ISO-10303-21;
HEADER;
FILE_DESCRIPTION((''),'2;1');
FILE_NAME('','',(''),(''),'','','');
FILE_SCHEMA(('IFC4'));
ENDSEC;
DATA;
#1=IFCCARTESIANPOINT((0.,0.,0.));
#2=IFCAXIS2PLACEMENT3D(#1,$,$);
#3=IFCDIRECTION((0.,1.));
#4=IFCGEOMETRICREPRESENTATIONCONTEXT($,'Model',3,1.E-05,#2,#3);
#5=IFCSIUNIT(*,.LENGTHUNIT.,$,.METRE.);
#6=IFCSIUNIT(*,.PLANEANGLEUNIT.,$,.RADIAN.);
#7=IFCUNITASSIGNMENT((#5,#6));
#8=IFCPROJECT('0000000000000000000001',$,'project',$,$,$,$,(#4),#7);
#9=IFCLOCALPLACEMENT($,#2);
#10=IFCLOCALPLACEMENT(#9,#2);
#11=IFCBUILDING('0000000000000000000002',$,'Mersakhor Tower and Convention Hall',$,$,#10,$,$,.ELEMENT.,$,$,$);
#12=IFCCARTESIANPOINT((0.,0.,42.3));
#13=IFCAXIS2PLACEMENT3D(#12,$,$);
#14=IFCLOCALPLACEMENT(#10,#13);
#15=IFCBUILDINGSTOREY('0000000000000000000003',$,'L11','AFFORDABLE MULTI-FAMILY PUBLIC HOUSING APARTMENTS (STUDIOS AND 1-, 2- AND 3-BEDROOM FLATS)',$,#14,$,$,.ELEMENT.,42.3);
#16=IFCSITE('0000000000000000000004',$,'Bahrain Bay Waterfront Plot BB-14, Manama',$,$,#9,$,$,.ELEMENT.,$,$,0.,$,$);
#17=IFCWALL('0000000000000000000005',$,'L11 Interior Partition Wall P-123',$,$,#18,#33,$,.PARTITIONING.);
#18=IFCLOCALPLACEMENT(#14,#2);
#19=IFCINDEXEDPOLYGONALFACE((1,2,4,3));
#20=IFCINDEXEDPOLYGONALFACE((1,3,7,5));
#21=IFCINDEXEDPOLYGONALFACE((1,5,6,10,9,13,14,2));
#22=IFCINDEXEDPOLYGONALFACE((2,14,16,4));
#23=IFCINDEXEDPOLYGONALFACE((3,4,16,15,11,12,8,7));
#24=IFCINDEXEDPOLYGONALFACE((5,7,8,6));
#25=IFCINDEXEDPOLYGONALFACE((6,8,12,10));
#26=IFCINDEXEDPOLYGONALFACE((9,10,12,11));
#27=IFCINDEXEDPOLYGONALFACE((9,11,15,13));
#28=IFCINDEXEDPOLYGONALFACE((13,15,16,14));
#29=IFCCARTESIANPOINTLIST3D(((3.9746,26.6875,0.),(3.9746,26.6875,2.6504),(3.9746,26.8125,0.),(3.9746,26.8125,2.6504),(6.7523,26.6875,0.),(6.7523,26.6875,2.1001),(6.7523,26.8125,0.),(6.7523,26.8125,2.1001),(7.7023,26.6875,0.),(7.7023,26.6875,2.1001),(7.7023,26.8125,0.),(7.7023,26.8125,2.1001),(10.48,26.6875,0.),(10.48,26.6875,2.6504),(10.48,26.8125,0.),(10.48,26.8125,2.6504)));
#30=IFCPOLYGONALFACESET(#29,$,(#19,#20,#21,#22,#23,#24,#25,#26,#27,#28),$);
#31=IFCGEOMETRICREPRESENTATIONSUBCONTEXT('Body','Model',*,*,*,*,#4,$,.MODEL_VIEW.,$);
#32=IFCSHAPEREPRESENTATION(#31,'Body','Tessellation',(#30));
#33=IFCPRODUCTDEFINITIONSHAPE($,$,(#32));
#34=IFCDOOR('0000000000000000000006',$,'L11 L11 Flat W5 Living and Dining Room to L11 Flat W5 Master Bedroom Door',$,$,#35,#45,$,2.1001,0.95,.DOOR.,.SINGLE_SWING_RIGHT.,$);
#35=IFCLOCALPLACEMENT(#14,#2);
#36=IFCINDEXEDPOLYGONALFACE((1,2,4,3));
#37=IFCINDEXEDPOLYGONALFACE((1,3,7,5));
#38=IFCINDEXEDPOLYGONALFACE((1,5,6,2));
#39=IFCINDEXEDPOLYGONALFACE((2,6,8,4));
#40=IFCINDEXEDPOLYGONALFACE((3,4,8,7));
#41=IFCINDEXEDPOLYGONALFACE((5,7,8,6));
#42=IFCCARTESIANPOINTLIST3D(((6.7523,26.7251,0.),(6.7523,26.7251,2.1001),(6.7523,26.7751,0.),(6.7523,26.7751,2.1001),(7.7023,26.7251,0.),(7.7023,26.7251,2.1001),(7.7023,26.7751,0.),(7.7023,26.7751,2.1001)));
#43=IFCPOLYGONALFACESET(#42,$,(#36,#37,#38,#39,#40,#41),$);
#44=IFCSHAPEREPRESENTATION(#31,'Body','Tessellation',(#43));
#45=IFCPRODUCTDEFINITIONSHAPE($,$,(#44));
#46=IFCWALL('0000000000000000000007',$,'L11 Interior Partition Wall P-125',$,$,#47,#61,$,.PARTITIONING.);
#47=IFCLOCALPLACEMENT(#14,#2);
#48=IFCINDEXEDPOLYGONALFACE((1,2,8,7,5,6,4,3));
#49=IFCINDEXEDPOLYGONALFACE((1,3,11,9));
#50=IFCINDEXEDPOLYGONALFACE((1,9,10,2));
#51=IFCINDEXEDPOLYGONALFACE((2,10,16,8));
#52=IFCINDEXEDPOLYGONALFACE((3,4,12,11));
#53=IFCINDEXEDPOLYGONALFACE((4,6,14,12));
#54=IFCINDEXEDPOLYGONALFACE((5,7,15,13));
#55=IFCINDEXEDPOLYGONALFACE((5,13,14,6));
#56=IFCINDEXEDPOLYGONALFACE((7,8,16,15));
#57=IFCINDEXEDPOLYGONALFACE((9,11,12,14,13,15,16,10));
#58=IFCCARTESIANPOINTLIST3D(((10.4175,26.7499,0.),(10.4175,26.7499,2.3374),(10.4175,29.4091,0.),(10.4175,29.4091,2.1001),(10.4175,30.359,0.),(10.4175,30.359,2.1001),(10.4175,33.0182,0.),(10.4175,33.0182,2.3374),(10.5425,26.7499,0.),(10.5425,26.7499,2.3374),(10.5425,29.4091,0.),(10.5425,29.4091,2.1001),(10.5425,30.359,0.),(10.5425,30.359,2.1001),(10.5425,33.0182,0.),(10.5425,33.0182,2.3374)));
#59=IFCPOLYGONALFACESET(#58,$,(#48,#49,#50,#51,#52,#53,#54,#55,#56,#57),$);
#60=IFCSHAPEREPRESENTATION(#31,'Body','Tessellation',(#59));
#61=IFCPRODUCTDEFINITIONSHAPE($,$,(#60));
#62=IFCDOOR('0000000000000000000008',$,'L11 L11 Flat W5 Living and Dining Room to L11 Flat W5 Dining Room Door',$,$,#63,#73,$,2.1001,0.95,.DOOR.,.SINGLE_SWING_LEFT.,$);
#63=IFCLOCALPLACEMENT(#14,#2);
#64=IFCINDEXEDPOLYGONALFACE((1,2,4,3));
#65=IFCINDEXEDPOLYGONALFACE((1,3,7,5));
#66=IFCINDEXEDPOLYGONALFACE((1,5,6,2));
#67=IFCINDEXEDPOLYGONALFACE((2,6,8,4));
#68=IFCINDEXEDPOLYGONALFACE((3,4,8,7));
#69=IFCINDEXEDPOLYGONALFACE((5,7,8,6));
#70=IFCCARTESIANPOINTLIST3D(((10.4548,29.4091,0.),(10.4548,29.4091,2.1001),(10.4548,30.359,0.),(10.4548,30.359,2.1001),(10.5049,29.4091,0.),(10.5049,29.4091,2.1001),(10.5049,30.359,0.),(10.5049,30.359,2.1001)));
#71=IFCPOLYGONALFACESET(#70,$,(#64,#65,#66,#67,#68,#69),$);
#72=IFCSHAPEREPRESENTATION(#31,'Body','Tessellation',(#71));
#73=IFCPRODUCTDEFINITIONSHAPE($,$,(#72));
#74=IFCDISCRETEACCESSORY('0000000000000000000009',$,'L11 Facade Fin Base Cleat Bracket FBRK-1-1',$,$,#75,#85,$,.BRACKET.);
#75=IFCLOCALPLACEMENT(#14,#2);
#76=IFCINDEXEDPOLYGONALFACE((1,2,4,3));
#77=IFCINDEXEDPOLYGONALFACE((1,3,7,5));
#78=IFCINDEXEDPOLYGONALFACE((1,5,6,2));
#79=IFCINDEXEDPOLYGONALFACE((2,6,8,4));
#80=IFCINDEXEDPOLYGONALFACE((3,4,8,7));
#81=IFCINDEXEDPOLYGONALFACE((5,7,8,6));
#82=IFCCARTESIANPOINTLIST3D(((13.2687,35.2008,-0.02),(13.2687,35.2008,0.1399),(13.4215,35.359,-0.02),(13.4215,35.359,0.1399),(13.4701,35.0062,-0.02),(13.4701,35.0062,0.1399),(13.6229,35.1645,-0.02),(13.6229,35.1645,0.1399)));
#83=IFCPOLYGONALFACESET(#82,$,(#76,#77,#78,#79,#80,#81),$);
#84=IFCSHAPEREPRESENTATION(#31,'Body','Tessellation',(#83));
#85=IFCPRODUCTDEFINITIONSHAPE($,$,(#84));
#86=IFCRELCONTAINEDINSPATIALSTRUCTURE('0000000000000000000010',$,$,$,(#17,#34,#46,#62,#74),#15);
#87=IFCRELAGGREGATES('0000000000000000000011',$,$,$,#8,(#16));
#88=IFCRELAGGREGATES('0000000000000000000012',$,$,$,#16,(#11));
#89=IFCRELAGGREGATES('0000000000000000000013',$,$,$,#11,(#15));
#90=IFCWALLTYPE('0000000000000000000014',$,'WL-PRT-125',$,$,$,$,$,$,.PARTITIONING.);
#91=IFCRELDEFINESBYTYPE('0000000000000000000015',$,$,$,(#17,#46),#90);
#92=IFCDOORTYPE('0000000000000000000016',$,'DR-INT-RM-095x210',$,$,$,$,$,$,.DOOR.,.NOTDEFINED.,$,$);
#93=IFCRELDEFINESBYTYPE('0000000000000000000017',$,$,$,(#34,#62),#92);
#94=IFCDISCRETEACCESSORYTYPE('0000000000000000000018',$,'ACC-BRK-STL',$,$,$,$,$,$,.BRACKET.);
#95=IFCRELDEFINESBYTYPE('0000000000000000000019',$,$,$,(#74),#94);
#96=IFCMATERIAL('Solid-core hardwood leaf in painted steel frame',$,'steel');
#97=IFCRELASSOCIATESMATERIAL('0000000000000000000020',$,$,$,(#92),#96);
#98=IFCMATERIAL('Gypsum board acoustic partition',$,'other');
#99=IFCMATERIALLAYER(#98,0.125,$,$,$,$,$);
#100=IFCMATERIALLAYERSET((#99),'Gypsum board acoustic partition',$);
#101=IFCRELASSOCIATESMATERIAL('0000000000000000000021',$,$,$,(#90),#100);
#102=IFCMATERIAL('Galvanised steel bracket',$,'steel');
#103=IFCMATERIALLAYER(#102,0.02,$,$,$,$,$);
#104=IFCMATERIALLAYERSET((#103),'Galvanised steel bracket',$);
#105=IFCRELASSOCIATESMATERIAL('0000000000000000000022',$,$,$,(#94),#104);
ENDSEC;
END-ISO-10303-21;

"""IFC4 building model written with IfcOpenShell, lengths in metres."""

from ifc_helpers import new_model, si_unit, direction, frame, frame_2d, origin, origin_2d, place, context, subcontext, project, spatial, rectangle, extrude, material, layer, layer_set, type_object, element, fill, save


model = new_model("IFC4")

# Units and contexts
model_context = context("Model", 3, precision=1e-05, world=origin(), true_north=direction((0.0, 1.0)))
body_context = subcontext(model_context, "Body", "Model", "MODEL_VIEW")
ifc_project = project(units=[si_unit("LENGTHUNIT", "METRE"), si_unit("PLANEANGLEUNIT", "RADIAN")], contexts=[model_context])

# Site, building, storey
site_placement = place(None, origin())
site = spatial("IfcSite", under=ifc_project, at=site_placement, Name="Bahrain Bay Waterfront Plot BB-14, Manama", CompositionType="ELEMENT", RefElevation=0.0)
building_placement = place(site_placement, origin())
building = spatial("IfcBuilding", under=site, at=building_placement, Name="Mersakhor Tower and Convention Hall", CompositionType="ELEMENT")
storey_placement = place(building_placement, frame((0.0, 0.0, 42.3)))
storey = spatial("IfcBuildingStorey", under=building, at=storey_placement, Name="L11", Description="AFFORDABLE MULTI-FAMILY PUBLIC HOUSING APARTMENTS (STUDIOS AND 1-, 2- AND 3-BEDROOM FLATS)", CompositionType="ELEMENT", Elevation=42.3)

# Walls, openings, doors
ifc_material_1 = material(Name="Solid-core hardwood leaf in painted steel frame", Category="steel")
door_type_1 = type_object("IfcDoorType", Name="DR-INT-RM-095x210", OperationType="NOTDEFINED", PredefinedType="DOOR", material=ifc_material_1)
ifc_material_2 = material(Name="Gypsum board acoustic partition", Category="other")
ifc_layer_1 = layer(ifc_material_2, 0.125)
ifc_layer_set_1 = layer_set([ifc_layer_1], Name="Gypsum board acoustic partition")
wall_type_1 = type_object("IfcWallType", Name="WL-PRT-125", PredefinedType="PARTITIONING", material=ifc_layer_set_1)
wall_1_placement = place(storey_placement, frame((10.48, 26.75, 0.0), z_axis=(0.0, 0.0, 1.0), x_axis=(-1.0, 0.0, 0.0)))
wall_1 = element("IfcWall", 1, at=wall_1_placement, inside=storey, type_object=wall_type_1, Name="L11 Interior Partition Wall P-123", PredefinedType="PARTITIONING", context=body_context, shape_type="SweptSolid", body=[
    extrude(rectangle(XDim=6.5054, YDim=0.125, at=frame_2d((3.2527, 0.0))), origin(), (0.0, 0.0, 1.0), 2.6504),
])
opening_1_placement = place(wall_1_placement, frame((2.7776, 0.0, 0.0)))
opening_1 = element("IfcOpeningElement", 2, at=opening_1_placement, cuts=wall_1, PredefinedType="OPENING", context=body_context, shape_type="SweptSolid", body=[
    extrude(rectangle(XDim=0.95, YDim=2.1001, at=frame_2d((0.4751, 1.05))), frame((0.0, 0.0725, 0.0), z_axis=(0.0, -1.0, 0.0), x_axis=(1.0, 0.0, 0.0)), (0.0, 0.0, 1.0), 0.145),
])
door_1_placement = place(opening_1_placement, origin())
door_1 = element("IfcDoor", 3, at=door_1_placement, inside=storey, type_object=door_type_1, Name="L11 L11 Flat W5 Living and Dining Room to L11 Flat W5 Master Bedroom Door", OperationType="SINGLE_SWING_RIGHT", OverallHeight=2.1001, OverallWidth=0.95, PredefinedType="DOOR", context=body_context, shape_type="SweptSolid", body=[
    extrude(rectangle(XDim=0.95, YDim=2.1001, at=frame_2d((0.4751, 1.05))), frame((0.0, 0.0249, 0.0), z_axis=(0.0, -1.0, 0.0), x_axis=(1.0, 0.0, 0.0)), (0.0, 0.0, 1.0), 0.05),
])
fill(opening_1, door_1)
wall_2_placement = place(storey_placement, frame((10.48, 33.0183, 0.0), z_axis=(0.0, 0.0, 1.0), x_axis=(0.0, -1.0, 0.0)))
wall_2 = element("IfcWall", 4, at=wall_2_placement, inside=storey, type_object=wall_type_1, Name="L11 Interior Partition Wall P-125", PredefinedType="PARTITIONING", context=body_context, shape_type="SweptSolid", body=[
    extrude(rectangle(XDim=6.2683, YDim=0.125, at=frame_2d((3.1343, 0.0))), origin(), (0.0, 0.0, 1.0), 2.3374),
])
opening_2_placement = place(wall_2_placement, frame((2.6592, 0.0, 0.0)))
opening_2 = element("IfcOpeningElement", 5, at=opening_2_placement, cuts=wall_2, PredefinedType="OPENING", context=body_context, shape_type="SweptSolid", body=[
    extrude(rectangle(XDim=0.95, YDim=2.1001, at=frame_2d((0.4751, 1.05))), frame((0.0, 0.0725, 0.0), z_axis=(0.0, -1.0, 0.0), x_axis=(1.0, 0.0, 0.0)), (0.0, 0.0, 1.0), 0.145),
])
door_2_placement = place(opening_2_placement, origin())
door_2 = element("IfcDoor", 6, at=door_2_placement, inside=storey, type_object=door_type_1, Name="L11 L11 Flat W5 Living and Dining Room to L11 Flat W5 Dining Room Door", OperationType="SINGLE_SWING_LEFT", OverallHeight=2.1001, OverallWidth=0.95, PredefinedType="DOOR", context=body_context, shape_type="SweptSolid", body=[
    extrude(rectangle(XDim=0.95, YDim=2.1001, at=frame_2d((0.4751, 1.05))), frame((0.0, 0.0249, 0.0), z_axis=(0.0, -1.0, 0.0), x_axis=(1.0, 0.0, 0.0)), (0.0, 0.0, 1.0), 0.05),
])
fill(opening_2, door_2)

# Discrete accessory
ifc_material_3 = material(Name="Galvanised steel bracket", Category="steel")
ifc_layer_2 = layer(ifc_material_3, 0.02)
ifc_layer_set_2 = layer_set([ifc_layer_2], Name="Galvanised steel bracket")
discrete_accessory_type = type_object("IfcDiscreteAccessoryType", Name="ACC-BRK-STL", PredefinedType="BRACKET", material=ifc_layer_set_2)
discrete_accessory_placement = place(storey_placement, frame((13.4458, 35.1826, -0.02), z_axis=(0.0, 0.0, 1.0), x_axis=(-0.71934, 0.694658, 0.0)))
element("IfcDiscreteAccessory", 7, at=discrete_accessory_placement, inside=storey, type_object=discrete_accessory_type, Name="L11 Facade Fin Base Cleat Bracket FBRK-1-1", PredefinedType="BRACKET", context=body_context, shape_type="SweptSolid", body=[
    extrude(rectangle(XDim=0.28, YDim=0.22, at=origin_2d()), origin(), (0.0, 0.0, 1.0), 0.1599),
])

save(model, "model.ifc")
